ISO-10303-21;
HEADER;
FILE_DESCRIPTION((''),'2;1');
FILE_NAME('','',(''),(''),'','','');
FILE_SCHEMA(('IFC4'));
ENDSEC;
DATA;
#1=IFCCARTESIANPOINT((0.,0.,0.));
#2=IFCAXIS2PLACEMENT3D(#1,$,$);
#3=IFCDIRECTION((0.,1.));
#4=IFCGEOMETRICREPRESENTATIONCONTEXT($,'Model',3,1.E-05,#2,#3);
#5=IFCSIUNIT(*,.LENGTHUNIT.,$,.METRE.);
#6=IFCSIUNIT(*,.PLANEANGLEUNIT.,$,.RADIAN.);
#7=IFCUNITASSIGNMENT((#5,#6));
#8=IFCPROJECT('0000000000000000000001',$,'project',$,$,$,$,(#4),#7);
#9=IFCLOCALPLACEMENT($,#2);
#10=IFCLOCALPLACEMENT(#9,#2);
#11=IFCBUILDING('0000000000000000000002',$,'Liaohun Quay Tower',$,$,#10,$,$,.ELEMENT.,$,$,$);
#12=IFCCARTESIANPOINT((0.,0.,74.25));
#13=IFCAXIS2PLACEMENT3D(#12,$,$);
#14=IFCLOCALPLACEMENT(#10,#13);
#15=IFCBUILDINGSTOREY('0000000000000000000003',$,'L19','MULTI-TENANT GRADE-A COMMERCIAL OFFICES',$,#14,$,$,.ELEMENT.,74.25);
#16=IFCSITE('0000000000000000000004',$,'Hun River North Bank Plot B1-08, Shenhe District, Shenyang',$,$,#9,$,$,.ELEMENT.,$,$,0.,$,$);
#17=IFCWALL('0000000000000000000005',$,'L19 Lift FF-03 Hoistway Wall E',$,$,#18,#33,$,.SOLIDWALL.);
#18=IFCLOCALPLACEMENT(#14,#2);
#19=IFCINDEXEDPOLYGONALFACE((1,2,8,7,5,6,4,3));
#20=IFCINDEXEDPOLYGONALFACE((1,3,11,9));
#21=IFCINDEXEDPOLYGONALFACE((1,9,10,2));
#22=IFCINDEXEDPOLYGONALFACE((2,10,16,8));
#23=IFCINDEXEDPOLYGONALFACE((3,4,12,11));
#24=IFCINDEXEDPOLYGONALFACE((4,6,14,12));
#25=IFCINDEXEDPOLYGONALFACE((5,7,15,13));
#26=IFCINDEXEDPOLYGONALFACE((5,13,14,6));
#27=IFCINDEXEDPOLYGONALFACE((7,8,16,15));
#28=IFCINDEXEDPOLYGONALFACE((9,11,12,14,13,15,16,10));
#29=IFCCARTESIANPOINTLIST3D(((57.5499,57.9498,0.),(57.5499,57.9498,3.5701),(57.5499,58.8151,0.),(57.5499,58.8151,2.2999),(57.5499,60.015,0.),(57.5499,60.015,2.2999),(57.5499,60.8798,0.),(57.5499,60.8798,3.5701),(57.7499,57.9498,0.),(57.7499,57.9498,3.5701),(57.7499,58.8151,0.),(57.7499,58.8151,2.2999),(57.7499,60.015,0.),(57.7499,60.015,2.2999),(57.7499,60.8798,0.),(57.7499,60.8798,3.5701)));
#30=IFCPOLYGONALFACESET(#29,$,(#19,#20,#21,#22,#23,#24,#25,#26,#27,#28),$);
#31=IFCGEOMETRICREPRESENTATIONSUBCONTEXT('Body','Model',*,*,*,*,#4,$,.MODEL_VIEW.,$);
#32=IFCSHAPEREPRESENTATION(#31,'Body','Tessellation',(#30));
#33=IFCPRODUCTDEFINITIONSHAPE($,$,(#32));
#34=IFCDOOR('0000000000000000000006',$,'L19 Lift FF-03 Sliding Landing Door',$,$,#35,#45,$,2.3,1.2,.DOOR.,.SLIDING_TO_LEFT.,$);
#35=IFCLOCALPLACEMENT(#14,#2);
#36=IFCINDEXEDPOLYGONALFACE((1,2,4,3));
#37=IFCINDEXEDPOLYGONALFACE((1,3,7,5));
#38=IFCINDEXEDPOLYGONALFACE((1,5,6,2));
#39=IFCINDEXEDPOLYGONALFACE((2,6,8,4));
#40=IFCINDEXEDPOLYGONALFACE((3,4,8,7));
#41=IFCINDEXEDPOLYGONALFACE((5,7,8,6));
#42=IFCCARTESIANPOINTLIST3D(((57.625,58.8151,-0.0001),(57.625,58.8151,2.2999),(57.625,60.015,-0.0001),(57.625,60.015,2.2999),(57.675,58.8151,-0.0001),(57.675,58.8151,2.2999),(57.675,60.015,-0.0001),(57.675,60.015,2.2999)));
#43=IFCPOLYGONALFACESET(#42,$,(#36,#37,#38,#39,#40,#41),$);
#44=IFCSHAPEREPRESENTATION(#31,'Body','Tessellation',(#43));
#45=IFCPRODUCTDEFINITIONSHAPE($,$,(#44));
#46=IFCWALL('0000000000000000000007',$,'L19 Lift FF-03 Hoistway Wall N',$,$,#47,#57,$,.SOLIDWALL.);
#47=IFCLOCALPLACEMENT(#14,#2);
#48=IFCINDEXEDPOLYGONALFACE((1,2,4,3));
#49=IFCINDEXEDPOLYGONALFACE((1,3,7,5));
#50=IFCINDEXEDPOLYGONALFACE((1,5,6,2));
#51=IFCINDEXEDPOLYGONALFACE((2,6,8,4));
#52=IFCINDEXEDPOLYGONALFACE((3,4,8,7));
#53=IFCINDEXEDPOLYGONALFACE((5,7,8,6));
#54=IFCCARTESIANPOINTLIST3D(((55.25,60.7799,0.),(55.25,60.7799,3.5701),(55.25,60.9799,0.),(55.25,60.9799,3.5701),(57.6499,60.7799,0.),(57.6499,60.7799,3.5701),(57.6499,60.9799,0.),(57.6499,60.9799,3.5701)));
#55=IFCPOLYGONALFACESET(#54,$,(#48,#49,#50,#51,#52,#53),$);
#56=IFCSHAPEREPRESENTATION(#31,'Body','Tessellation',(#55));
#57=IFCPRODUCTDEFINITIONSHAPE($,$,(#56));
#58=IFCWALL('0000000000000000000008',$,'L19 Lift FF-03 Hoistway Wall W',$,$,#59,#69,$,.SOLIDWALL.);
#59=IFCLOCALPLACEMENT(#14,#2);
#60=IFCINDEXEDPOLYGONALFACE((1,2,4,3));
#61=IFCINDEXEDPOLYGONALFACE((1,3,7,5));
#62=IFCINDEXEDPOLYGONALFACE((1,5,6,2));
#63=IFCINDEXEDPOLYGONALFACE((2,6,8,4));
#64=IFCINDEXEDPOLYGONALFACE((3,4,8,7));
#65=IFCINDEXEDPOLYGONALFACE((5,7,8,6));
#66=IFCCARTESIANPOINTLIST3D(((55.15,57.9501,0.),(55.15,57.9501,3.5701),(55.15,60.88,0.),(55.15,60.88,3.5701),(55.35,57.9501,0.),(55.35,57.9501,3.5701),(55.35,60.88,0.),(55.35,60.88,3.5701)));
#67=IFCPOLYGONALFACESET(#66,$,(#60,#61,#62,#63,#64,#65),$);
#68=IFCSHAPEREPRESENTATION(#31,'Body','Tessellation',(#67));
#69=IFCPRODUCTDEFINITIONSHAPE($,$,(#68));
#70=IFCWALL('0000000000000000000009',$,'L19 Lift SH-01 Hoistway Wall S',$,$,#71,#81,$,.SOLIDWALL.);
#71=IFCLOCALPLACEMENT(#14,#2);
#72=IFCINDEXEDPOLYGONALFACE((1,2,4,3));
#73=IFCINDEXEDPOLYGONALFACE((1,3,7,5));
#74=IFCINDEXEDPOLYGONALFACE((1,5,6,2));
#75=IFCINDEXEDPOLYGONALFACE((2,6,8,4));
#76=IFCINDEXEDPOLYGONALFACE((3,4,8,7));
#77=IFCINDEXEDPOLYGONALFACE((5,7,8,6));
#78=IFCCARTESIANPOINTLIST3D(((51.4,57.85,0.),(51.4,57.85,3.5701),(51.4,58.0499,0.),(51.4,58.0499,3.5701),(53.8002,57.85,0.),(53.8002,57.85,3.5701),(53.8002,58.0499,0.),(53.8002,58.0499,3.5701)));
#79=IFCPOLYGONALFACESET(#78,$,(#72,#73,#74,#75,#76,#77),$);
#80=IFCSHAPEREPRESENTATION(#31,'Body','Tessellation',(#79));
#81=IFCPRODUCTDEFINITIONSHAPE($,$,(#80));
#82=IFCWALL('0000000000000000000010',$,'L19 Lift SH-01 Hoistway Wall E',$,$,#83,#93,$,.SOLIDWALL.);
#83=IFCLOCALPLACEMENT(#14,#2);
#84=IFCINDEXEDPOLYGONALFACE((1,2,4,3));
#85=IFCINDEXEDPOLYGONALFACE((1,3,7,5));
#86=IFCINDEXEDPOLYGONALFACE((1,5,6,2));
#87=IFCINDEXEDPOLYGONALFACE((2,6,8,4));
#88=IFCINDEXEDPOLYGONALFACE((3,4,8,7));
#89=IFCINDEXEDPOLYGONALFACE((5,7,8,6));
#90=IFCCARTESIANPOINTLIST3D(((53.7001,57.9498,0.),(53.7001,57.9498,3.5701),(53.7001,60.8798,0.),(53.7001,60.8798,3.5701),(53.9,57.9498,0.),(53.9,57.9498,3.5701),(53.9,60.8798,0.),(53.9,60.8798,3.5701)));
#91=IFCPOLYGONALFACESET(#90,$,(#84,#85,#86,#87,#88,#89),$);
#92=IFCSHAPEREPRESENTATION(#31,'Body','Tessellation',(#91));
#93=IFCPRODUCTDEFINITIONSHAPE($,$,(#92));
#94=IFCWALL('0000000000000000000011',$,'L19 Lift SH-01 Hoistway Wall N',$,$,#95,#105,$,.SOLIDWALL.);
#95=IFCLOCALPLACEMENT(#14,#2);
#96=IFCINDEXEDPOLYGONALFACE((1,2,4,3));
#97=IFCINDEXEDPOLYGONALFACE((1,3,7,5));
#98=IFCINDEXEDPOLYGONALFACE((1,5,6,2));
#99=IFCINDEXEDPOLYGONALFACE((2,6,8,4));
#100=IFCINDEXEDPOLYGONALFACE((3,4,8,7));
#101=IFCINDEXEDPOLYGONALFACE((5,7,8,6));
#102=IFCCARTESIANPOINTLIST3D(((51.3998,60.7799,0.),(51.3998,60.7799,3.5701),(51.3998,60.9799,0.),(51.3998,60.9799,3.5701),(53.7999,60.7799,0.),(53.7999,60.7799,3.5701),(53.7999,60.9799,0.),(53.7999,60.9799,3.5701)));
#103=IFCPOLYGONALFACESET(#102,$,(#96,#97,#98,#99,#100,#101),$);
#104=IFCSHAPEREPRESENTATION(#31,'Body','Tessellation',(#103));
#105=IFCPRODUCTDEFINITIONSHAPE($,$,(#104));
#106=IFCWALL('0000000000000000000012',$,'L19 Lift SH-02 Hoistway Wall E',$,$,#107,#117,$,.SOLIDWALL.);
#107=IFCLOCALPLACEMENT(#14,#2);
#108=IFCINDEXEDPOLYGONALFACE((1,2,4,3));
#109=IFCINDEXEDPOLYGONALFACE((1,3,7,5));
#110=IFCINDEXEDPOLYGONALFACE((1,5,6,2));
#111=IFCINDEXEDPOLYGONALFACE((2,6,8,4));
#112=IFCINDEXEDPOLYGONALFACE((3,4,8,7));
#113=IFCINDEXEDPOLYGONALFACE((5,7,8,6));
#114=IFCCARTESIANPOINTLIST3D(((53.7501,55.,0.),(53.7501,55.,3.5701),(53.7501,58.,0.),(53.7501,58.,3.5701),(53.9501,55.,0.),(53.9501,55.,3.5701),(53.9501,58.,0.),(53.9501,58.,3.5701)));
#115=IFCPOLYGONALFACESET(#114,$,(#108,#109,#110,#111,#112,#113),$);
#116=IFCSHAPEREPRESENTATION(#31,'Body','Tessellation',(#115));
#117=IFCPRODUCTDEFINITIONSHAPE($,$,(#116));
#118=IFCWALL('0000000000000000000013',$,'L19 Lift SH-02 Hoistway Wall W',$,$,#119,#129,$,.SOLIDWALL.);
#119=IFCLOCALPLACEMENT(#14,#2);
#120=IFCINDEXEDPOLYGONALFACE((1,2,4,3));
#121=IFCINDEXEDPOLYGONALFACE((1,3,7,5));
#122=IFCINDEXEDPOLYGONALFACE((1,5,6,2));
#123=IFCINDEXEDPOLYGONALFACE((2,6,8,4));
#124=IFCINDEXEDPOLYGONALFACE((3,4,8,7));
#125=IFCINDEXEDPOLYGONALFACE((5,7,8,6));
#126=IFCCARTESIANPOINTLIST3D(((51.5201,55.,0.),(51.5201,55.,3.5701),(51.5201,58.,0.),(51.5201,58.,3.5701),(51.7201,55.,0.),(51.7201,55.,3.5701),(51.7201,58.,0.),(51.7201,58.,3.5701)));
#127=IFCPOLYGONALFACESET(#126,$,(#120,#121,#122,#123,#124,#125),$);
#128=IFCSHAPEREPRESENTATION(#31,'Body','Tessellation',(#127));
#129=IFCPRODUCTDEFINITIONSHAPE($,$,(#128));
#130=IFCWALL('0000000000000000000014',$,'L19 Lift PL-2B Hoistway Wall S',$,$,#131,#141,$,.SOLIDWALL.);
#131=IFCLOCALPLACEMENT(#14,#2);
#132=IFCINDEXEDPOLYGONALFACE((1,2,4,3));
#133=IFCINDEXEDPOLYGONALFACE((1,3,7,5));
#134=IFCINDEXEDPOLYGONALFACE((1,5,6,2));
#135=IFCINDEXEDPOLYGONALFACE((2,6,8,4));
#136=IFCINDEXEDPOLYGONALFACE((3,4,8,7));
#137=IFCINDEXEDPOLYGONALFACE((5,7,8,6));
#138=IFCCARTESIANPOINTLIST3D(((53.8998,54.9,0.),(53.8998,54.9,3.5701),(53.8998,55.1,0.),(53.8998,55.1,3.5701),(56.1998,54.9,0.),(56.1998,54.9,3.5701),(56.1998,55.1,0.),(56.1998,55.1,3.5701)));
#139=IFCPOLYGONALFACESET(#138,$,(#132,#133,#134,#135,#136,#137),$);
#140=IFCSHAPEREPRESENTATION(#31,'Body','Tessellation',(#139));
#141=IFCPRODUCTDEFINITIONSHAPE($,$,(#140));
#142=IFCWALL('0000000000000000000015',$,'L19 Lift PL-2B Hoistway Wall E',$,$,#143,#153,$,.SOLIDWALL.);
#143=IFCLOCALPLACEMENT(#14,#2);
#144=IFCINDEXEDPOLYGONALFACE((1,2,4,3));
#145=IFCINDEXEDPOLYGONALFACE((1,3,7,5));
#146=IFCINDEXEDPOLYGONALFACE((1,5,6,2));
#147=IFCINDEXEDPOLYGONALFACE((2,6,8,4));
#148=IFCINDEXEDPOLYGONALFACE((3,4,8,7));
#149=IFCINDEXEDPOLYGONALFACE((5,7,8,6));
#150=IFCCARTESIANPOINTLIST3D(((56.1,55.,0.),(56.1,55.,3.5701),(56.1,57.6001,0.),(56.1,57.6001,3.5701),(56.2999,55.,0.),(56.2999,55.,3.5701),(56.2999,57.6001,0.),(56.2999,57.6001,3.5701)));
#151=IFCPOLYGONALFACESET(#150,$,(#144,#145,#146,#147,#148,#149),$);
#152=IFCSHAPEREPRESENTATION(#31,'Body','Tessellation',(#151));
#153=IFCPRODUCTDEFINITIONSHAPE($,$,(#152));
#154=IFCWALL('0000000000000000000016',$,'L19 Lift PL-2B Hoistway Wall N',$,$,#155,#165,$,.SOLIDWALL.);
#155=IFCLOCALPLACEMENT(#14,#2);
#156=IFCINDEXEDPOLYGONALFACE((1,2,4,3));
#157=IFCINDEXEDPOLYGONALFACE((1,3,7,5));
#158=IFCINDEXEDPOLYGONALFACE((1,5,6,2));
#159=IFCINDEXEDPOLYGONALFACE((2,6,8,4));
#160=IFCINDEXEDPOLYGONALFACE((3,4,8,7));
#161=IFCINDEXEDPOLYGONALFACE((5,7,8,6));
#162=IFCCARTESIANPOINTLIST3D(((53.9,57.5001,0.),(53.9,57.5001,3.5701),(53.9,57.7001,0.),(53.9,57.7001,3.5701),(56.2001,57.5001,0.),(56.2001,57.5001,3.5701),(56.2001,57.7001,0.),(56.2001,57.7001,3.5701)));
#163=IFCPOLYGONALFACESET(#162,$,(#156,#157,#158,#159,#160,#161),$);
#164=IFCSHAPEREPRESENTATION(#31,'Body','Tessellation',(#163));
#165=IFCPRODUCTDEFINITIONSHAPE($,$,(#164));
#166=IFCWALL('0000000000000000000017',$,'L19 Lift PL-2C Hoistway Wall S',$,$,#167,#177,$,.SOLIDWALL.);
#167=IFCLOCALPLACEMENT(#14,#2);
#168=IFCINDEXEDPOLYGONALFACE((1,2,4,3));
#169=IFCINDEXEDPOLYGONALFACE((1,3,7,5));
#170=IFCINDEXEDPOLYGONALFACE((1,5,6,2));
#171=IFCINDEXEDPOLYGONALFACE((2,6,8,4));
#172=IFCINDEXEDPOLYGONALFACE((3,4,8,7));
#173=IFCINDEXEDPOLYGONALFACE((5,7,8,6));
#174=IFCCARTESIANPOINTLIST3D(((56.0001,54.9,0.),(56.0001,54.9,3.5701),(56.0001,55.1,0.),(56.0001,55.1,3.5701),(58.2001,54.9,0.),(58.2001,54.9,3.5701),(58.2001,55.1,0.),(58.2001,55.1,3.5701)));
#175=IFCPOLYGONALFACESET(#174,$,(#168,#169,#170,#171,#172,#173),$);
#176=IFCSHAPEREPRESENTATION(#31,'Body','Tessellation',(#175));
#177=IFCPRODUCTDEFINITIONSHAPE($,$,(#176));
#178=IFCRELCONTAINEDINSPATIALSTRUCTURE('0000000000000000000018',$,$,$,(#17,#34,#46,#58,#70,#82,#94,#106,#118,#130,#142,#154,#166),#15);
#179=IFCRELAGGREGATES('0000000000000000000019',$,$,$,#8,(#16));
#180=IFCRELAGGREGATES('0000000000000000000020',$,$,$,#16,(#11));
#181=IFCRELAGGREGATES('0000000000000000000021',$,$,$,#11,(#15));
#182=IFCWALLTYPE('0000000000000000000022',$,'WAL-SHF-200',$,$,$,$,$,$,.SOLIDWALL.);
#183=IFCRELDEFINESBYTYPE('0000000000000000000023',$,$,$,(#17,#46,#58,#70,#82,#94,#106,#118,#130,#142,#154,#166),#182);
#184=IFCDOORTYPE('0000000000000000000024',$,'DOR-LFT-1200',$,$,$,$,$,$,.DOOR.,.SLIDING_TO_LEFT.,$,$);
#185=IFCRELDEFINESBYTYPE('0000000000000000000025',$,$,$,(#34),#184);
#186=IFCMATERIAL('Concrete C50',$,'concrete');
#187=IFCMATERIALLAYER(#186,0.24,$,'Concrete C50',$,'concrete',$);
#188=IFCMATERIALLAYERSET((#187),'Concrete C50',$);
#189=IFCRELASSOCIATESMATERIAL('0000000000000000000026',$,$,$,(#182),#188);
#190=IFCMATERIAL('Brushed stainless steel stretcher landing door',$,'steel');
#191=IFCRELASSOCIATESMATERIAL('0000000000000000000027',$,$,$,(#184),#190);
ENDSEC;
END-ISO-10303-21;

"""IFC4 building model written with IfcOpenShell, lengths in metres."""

from ifc_helpers import new_model, si_unit, direction, frame, frame_2d, origin, place, context, subcontext, project, spatial, rectangle, extrude, source, transform, mapped, material, layer, layer_set, type_object, element, fill, save


model = new_model("IFC4")

# Units and contexts
model_context = context("Model", 3, precision=1e-05, world=origin(), true_north=direction((0.0, 1.0)))
body_context = subcontext(model_context, "Body", "Model", "MODEL_VIEW")
ifc_project = project(units=[si_unit("LENGTHUNIT", "METRE"), si_unit("PLANEANGLEUNIT", "RADIAN")], contexts=[model_context])

# Site, building, storey
site_placement = place(None, origin())
site = spatial("IfcSite", under=ifc_project, at=site_placement, Name="Hun River North Bank Plot B1-08, Shenhe District, Shenyang", CompositionType="ELEMENT", RefElevation=0.0)
building_placement = place(site_placement, origin())
building = spatial("IfcBuilding", under=site, at=building_placement, Name="Liaohun Quay Tower", CompositionType="ELEMENT")
storey_placement = place(building_placement, frame((0.0, 0.0, 74.25)))
storey = spatial("IfcBuildingStorey", under=building, at=storey_placement, Name="L19", Description="MULTI-TENANT GRADE-A COMMERCIAL OFFICES", CompositionType="ELEMENT", Elevation=74.25)

# Shared definitions
ifc_material_1 = material(Name="Concrete C50", Category="concrete")
ifc_layer_1 = layer(ifc_material_1, 0.24, Name="Concrete C50", Category="concrete")
ifc_layer_set_1 = layer_set([ifc_layer_1], Name="Concrete C50")
wall_type_1 = type_object("IfcWallType", Name="WAL-SHF-200", PredefinedType="SOLIDWALL", material=ifc_layer_set_1)

# Wall, opening, door
wall_1_placement = place(storey_placement, frame((57.6499, 57.95, 0.0), z_axis=(0.0, 0.0, 1.0), x_axis=(0.0, 1.0, 0.0)))
wall_1 = element("IfcWall", 1, at=wall_1_placement, inside=storey, type_object=wall_type_1, Name="L19 Lift FF-03 Hoistway Wall E", PredefinedType="SOLIDWALL", context=body_context, shape_type="SweptSolid", body=[
    extrude(rectangle(XDim=2.9299, YDim=0.2, at=frame_2d((1.4648, 0.0))), origin(), (0.0, 0.0, 1.0), 3.5701),
])
shared_shape_1 = source(origin(), body_context, "Body", "SweptSolid", [
    extrude(rectangle(XDim=1.2, YDim=2.3, at=frame_2d((0.6001, 1.1499))), frame((0.0, 0.1099, 0.0), z_axis=(0.0, -1.0, 0.0), x_axis=(1.0, 0.0, 0.0)), (0.0, 0.0, 1.0), 0.22),
])
opening_1_placement = place(wall_1_placement, frame((0.865, 0.0, 0.0)))
opening_1 = element("IfcOpeningElement", 2, at=opening_1_placement, cuts=wall_1, PredefinedType="OPENING", context=body_context, shape_type="MappedRepresentation", body=[
    mapped(shared_shape_1, transform((0.0, 0.0, 0.0), x_axis=(1.0, 0.0, 0.0), y_axis=(0.0, 1.0, 0.0), z_axis=(0.0, 0.0, 1.0), scale=1.0)),
])
ifc_material_2 = material(Name="Brushed stainless steel stretcher landing door", Category="steel")
door_type = type_object("IfcDoorType", Name="DOR-LFT-1200", OperationType="SLIDING_TO_LEFT", PredefinedType="DOOR", material=ifc_material_2)
shared_shape_2 = source(origin(), body_context, "Body", "SweptSolid", [
    extrude(rectangle(XDim=1.2, YDim=2.3, at=frame_2d((0.6001, 1.1499))), frame((0.0, 0.0249, 0.0), z_axis=(0.0, -1.0, 0.0), x_axis=(1.0, 0.0, 0.0)), (0.0, 0.0, 1.0), 0.05),
])
door_placement = place(opening_1_placement, origin())
door = element("IfcDoor", 3, at=door_placement, inside=storey, type_object=door_type, Name="L19 Lift FF-03 Sliding Landing Door", OperationType="SLIDING_TO_LEFT", OverallHeight=2.3, OverallWidth=1.2, PredefinedType="DOOR", context=body_context, shape_type="MappedRepresentation", body=[
    mapped(shared_shape_2, transform((0.0, 0.0, 0.0), x_axis=(1.0, 0.0, 0.0), y_axis=(0.0, 1.0, 0.0), z_axis=(0.0, 0.0, 1.0), scale=1.0)),
])
fill(opening_1, door)

# Walls
wall_2_placement = place(storey_placement, frame((57.6499, 60.8799, 0.0), z_axis=(0.0, 0.0, 1.0), x_axis=(-1.0, 0.0, 0.0)))
element("IfcWall", 4, at=wall_2_placement, inside=storey, type_object=wall_type_1, Name="L19 Lift FF-03 Hoistway Wall N", PredefinedType="SOLIDWALL", context=body_context, shape_type="SweptSolid", body=[
    extrude(rectangle(XDim=2.3999, YDim=0.2, at=frame_2d((1.2, 0.0))), origin(), (0.0, 0.0, 1.0), 3.5701),
])
wall_3_placement = place(storey_placement, frame((55.25, 60.8799, 0.0), z_axis=(0.0, 0.0, 1.0), x_axis=(0.0, -1.0, 0.0)))
element("IfcWall", 5, at=wall_3_placement, inside=storey, type_object=wall_type_1, Name="L19 Lift FF-03 Hoistway Wall W", PredefinedType="SOLIDWALL", context=body_context, shape_type="SweptSolid", body=[
    extrude(rectangle(XDim=2.9299, YDim=0.2, at=frame_2d((1.4648, 0.0))), origin(), (0.0, 0.0, 1.0), 3.5701),
])
wall_4_placement = place(storey_placement, frame((51.3999, 57.95, 0.0), z_axis=(0.0, 0.0, 1.0), x_axis=(1.0, 0.0, 0.0)))
element("IfcWall", 6, at=wall_4_placement, inside=storey, type_object=wall_type_1, Name="L19 Lift SH-01 Hoistway Wall S", PredefinedType="SOLIDWALL", context=body_context, shape_type="SweptSolid", body=[
    extrude(rectangle(XDim=2.4001, YDim=0.2, at=frame_2d((1.2002, 0.0))), origin(), (0.0, 0.0, 1.0), 3.5701),
])
wall_5_placement = place(storey_placement, frame((53.8, 57.95, 0.0), z_axis=(0.0, 0.0, 1.0), x_axis=(0.0, 1.0, 0.0)))
element("IfcWall", 7, at=wall_5_placement, inside=storey, type_object=wall_type_1, Name="L19 Lift SH-01 Hoistway Wall E", PredefinedType="SOLIDWALL", context=body_context, shape_type="SweptSolid", body=[
    extrude(rectangle(XDim=2.9299, YDim=0.2, at=frame_2d((1.4648, 0.0))), origin(), (0.0, 0.0, 1.0), 3.5701),
])
wall_6_placement = place(storey_placement, frame((53.8, 60.8799, 0.0), z_axis=(0.0, 0.0, 1.0), x_axis=(-1.0, 0.0, 0.0)))
element("IfcWall", 8, at=wall_6_placement, inside=storey, type_object=wall_type_1, Name="L19 Lift SH-01 Hoistway Wall N", PredefinedType="SOLIDWALL", context=body_context, shape_type="SweptSolid", body=[
    extrude(rectangle(XDim=2.4001, YDim=0.2, at=frame_2d((1.2002, 0.0))), origin(), (0.0, 0.0, 1.0), 3.5701),
])
for number, where, z_axis, x_axis, name in (
    (9, (53.8501, 55.0, 0.0), (0.0, 0.0, 1.0), (0.0, 1.0, 0.0), "L19 Lift SH-02 Hoistway Wall E"),
    (10, (51.6201, 58.0, 0.0), (0.0, 0.0, 1.0), (0.0, -1.0, 0.0), "L19 Lift SH-02 Hoistway Wall W"),
):
    element("IfcWall", number, at=place(storey_placement, frame(where, z_axis=z_axis, x_axis=x_axis)), inside=storey, type_object=wall_type_1, Name=name, PredefinedType="SOLIDWALL", context=body_context, shape_type="SweptSolid", body=[
        extrude(rectangle(XDim=3.0, YDim=0.2, at=frame_2d((1.5, 0.0))), origin(), (0.0, 0.0, 1.0), 3.5701),
    ])
wall_7_placement = place(storey_placement, frame((53.8999, 55.0, 0.0), z_axis=(0.0, 0.0, 1.0), x_axis=(1.0, 0.0, 0.0)))
element("IfcWall", 11, at=wall_7_placement, inside=storey, type_object=wall_type_1, Name="L19 Lift PL-2B Hoistway Wall S", PredefinedType="SOLIDWALL", context=body_context, shape_type="SweptSolid", body=[
    extrude(rectangle(XDim=2.3, YDim=0.2, at=frame_2d((1.1499, 0.0))), origin(), (0.0, 0.0, 1.0), 3.5701),
])
wall_8_placement = place(storey_placement, frame((56.2, 55.0, 0.0), z_axis=(0.0, 0.0, 1.0), x_axis=(0.0, 1.0, 0.0)))
element("IfcWall", 12, at=wall_8_placement, inside=storey, type_object=wall_type_1, Name="L19 Lift PL-2B Hoistway Wall E", PredefinedType="SOLIDWALL", context=body_context, shape_type="SweptSolid", body=[
    extrude(rectangle(XDim=2.6001, YDim=0.2, at=frame_2d((1.3, 0.0))), origin(), (0.0, 0.0, 1.0), 3.5701),
])
wall_9_placement = place(storey_placement, frame((56.2, 57.6001, 0.0), z_axis=(0.0, 0.0, 1.0), x_axis=(-1.0, 0.0, 0.0)))
element("IfcWall", 13, at=wall_9_placement, inside=storey, type_object=wall_type_1, Name="L19 Lift PL-2B Hoistway Wall N", PredefinedType="SOLIDWALL", context=body_context, shape_type="SweptSolid", body=[
    extrude(rectangle(XDim=2.3, YDim=0.2, at=frame_2d((1.1499, 0.0))), origin(), (0.0, 0.0, 1.0), 3.5701),
])
wall_10_placement = place(storey_placement, frame((56.0, 55.0, 0.0), z_axis=(0.0, 0.0, 1.0), x_axis=(1.0, 0.0, 0.0)))
element("IfcWall", 14, at=wall_10_placement, inside=storey, type_object=wall_type_1, Name="L19 Lift PL-2C Hoistway Wall S", PredefinedType="SOLIDWALL", context=body_context, shape_type="SweptSolid", body=[
    extrude(rectangle(XDim=2.2, YDim=0.2, at=frame_2d((1.1001, 0.0))), origin(), (0.0, 0.0, 1.0), 3.5701),
])

save(model, "model.ifc")
